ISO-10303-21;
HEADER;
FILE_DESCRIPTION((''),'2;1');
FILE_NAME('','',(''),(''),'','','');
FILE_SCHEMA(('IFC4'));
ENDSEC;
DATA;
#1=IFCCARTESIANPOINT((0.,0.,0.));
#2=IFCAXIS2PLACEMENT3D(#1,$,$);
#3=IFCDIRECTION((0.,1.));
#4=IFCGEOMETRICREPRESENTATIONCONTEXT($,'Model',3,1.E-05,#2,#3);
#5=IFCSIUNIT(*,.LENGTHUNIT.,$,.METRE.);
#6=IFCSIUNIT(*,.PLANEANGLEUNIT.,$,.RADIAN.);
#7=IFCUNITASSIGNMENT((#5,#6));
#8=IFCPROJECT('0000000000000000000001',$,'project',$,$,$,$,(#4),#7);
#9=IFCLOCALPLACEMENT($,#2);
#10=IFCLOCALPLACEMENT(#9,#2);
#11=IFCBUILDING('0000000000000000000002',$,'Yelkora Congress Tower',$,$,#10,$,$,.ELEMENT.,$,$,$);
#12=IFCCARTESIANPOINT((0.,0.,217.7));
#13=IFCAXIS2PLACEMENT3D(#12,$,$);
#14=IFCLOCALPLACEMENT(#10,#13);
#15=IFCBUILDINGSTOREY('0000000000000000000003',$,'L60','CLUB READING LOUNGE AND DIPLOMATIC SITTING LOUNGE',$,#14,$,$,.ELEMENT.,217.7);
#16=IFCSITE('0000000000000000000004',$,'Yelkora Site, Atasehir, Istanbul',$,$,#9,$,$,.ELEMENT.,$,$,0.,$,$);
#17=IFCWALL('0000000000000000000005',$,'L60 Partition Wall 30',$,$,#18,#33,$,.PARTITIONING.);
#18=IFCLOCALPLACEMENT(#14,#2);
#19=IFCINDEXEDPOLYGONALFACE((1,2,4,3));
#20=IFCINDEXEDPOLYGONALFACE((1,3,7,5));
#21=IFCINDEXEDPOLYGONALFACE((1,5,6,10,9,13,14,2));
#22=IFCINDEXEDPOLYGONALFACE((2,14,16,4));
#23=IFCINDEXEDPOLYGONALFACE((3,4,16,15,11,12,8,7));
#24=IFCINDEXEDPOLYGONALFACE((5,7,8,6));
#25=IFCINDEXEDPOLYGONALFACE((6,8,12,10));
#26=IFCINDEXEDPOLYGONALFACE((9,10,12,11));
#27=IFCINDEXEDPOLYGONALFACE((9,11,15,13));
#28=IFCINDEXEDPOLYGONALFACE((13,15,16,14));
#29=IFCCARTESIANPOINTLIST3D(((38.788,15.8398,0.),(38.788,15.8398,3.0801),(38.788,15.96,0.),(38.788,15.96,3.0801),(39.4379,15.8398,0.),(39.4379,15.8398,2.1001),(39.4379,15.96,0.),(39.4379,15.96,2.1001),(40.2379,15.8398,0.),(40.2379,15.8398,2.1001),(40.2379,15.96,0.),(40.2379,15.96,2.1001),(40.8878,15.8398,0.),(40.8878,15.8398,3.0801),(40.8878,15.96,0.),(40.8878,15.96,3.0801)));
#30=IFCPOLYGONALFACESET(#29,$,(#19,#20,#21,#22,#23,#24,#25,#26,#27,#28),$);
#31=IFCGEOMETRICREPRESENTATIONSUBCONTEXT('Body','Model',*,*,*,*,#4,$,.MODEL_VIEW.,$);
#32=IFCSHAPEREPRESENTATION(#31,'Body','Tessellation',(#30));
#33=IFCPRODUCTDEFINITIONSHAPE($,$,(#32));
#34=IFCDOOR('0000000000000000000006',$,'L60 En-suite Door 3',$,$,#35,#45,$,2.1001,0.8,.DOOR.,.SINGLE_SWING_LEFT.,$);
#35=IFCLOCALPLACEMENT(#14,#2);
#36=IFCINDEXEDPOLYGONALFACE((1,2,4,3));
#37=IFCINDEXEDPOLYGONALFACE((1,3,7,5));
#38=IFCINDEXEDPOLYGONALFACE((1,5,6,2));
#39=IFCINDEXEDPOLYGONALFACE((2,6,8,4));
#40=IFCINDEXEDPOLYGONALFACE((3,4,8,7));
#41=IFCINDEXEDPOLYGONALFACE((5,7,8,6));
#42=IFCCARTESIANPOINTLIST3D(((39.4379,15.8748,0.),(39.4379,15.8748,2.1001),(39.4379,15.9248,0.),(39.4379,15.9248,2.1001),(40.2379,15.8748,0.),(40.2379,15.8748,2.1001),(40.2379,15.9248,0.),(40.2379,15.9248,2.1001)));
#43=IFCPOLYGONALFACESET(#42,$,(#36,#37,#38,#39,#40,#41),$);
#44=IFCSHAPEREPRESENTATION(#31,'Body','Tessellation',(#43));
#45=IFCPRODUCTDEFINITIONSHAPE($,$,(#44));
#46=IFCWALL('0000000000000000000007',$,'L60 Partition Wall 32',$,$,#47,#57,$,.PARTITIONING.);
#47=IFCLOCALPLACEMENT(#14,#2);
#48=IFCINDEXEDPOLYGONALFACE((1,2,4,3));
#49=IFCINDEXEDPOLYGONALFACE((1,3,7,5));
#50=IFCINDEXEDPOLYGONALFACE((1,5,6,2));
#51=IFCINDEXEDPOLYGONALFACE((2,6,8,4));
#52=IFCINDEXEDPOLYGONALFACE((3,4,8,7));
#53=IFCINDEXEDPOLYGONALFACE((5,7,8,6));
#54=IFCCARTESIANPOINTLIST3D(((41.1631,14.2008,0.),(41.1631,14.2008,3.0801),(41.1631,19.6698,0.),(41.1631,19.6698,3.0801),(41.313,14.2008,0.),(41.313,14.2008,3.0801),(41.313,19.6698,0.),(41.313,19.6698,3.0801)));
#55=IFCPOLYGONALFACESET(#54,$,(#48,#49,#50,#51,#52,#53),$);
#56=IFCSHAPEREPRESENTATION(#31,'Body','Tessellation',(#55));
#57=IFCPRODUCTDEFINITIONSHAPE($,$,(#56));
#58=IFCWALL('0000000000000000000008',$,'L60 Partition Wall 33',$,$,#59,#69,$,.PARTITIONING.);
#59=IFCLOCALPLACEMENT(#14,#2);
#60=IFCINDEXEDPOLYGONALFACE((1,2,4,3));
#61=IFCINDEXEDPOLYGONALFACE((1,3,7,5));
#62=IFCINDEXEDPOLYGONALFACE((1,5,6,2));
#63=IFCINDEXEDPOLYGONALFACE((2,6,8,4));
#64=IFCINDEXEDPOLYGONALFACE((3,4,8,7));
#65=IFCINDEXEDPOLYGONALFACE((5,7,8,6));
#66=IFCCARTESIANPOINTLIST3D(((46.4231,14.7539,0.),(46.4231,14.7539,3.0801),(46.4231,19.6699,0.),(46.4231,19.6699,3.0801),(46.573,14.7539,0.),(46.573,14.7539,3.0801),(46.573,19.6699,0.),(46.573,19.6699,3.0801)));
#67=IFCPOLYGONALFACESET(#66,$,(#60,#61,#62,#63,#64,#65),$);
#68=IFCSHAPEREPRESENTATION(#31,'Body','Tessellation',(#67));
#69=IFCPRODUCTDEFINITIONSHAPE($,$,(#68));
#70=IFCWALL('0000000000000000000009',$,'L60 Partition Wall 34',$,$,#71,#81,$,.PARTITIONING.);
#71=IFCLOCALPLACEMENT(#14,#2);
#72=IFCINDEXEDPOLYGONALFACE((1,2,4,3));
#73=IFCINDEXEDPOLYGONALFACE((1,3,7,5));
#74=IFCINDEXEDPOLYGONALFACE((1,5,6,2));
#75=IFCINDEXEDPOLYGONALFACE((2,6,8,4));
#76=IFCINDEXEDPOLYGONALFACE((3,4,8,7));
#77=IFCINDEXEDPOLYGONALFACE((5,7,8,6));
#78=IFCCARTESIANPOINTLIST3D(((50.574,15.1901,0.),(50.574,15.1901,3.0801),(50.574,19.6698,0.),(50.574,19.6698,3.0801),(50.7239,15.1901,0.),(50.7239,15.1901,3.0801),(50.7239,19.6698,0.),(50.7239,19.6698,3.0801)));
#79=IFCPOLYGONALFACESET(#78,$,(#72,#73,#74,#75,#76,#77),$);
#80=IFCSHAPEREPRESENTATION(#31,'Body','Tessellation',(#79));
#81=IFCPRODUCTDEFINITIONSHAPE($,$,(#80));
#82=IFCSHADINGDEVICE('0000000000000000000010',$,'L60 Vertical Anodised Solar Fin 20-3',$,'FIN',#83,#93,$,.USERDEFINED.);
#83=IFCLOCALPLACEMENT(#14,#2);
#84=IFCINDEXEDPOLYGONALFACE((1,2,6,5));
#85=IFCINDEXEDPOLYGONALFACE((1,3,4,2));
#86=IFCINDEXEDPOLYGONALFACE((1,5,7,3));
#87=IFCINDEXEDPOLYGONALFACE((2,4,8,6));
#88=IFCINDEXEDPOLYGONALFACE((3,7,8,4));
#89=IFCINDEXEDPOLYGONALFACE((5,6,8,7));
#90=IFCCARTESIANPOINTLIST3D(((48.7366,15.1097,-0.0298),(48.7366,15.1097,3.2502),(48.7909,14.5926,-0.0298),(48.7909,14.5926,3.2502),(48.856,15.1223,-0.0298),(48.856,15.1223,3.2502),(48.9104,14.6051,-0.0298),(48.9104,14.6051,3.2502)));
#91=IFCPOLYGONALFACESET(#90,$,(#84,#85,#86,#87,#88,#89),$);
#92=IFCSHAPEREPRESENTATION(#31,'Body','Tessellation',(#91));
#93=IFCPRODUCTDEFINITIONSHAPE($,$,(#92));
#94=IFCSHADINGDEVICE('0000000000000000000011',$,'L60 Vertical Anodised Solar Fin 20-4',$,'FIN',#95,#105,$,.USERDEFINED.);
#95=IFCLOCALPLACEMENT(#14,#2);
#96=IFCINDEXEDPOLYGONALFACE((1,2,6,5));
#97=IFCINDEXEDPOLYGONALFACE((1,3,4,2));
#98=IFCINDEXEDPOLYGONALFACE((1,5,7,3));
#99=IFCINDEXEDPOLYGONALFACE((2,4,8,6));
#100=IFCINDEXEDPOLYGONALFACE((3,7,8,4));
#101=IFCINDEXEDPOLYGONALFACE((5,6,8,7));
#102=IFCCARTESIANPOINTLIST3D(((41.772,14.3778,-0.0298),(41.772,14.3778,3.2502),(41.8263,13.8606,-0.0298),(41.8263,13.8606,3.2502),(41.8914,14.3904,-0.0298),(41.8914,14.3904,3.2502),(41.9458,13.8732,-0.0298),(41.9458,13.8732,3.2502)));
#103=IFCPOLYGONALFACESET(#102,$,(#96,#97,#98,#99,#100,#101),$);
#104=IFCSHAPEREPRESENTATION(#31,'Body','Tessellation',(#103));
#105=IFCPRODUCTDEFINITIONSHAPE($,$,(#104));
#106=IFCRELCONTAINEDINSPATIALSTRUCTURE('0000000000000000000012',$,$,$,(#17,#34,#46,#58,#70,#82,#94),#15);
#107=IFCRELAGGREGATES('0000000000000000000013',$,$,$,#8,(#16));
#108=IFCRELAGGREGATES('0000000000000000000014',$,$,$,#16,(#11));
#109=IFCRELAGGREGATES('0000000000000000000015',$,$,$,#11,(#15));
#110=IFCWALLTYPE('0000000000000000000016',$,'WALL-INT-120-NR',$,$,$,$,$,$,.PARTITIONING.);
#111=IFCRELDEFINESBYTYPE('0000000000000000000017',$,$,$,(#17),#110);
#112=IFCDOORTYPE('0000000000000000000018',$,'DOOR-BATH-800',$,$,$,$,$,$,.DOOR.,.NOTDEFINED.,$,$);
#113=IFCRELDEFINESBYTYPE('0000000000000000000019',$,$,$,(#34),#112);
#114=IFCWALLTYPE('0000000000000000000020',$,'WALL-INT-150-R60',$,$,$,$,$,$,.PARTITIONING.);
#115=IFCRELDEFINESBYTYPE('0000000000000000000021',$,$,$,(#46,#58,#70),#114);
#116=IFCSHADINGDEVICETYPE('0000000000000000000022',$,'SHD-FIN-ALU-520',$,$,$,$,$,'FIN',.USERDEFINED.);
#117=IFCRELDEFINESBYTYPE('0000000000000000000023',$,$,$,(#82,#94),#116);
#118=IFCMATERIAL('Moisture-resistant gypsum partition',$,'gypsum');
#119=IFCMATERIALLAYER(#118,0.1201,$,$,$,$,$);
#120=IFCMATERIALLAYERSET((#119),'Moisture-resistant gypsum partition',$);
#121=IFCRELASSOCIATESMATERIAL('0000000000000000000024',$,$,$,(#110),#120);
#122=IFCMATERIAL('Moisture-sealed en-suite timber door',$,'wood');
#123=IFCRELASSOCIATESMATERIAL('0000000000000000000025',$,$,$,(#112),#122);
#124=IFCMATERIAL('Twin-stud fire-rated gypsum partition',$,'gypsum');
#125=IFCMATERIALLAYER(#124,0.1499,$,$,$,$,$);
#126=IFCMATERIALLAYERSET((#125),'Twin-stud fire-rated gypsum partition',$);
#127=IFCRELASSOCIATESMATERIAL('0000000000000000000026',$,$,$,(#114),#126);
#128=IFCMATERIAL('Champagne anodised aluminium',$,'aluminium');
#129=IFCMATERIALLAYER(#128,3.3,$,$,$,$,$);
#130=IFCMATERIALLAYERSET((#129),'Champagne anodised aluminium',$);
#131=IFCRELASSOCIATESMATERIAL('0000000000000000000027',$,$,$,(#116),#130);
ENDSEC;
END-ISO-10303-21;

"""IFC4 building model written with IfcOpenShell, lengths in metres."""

from ifc_helpers import new_model, si_unit, direction, frame, frame_2d, origin, origin_2d, place, context, subcontext, project, spatial, rectangle, extrude, material, layer, layer_set, type_object, element, fill, save


model = new_model("IFC4")

# Units and contexts
model_context = context("Model", 3, precision=1e-05, world=origin(), true_north=direction((0.0, 1.0)))
body_context = subcontext(model_context, "Body", "Model", "MODEL_VIEW")
ifc_project = project(units=[si_unit("LENGTHUNIT", "METRE"), si_unit("PLANEANGLEUNIT", "RADIAN")], contexts=[model_context])

# Site, building, storey
site_placement = place(None, origin())
site = spatial("IfcSite", under=ifc_project, at=site_placement, Name="Yelkora Site, Atasehir, Istanbul", CompositionType="ELEMENT", RefElevation=0.0)
building_placement = place(site_placement, origin())
building = spatial("IfcBuilding", under=site, at=building_placement, Name="Yelkora Congress Tower", CompositionType="ELEMENT")
storey_placement = place(building_placement, frame((0.0, 0.0, 217.7)))
storey = spatial("IfcBuildingStorey", under=building, at=storey_placement, Name="L60", Description="CLUB READING LOUNGE AND DIPLOMATIC SITTING LOUNGE", CompositionType="ELEMENT", Elevation=217.7)

# Shared definitions
ifc_material_1 = material(Name="Moisture-resistant gypsum partition", Category="gypsum")
ifc_layer_1 = layer(ifc_material_1, 0.1201)
ifc_layer_set_1 = layer_set([ifc_layer_1], Name="Moisture-resistant gypsum partition")
wall_type_1 = type_object("IfcWallType", Name="WALL-INT-120-NR", PredefinedType="PARTITIONING", material=ifc_layer_set_1)

# Wall, opening, door
wall_1_placement = place(storey_placement, frame((38.7881, 15.8999, 0.0), z_axis=(0.0, 0.0, 1.0), x_axis=(1.0, 0.0, 0.0)))
wall_1 = element("IfcWall", 1, at=wall_1_placement, inside=storey, type_object=wall_type_1, Name="L60 Partition Wall 30", PredefinedType="PARTITIONING", context=body_context, shape_type="SweptSolid", body=[
    extrude(rectangle(XDim=2.0999, YDim=0.1201, at=frame_2d((1.0498, 0.0))), origin(), (0.0, 0.0, 1.0), 3.0801),
])
opening_placement = place(wall_1_placement, frame((0.6499, 0.0, 0.0)))
opening = element("IfcOpeningElement", 2, at=opening_placement, cuts=wall_1, PredefinedType="OPENING", context=body_context, shape_type="SweptSolid", body=[
    extrude(rectangle(XDim=0.8, YDim=2.1001, at=frame_2d((0.3999, 1.05))), frame((0.0, 0.0701, 0.0), z_axis=(0.0, -1.0, 0.0), x_axis=(1.0, 0.0, 0.0)), (0.0, 0.0, 1.0), 0.1401),
])
ifc_material_2 = material(Name="Moisture-sealed en-suite timber door", Category="wood")
door_type = type_object("IfcDoorType", Name="DOOR-BATH-800", OperationType="NOTDEFINED", PredefinedType="DOOR", material=ifc_material_2)
door_placement = place(opening_placement, origin())
door = element("IfcDoor", 3, at=door_placement, inside=storey, type_object=door_type, Name="L60 En-suite Door 3", OperationType="SINGLE_SWING_LEFT", OverallHeight=2.1001, OverallWidth=0.8, PredefinedType="DOOR", context=body_context, shape_type="SweptSolid", body=[
    extrude(rectangle(XDim=0.8, YDim=2.1001, at=frame_2d((0.3999, 1.05))), frame((0.0, 0.0249, 0.0), z_axis=(0.0, -1.0, 0.0), x_axis=(1.0, 0.0, 0.0)), (0.0, 0.0, 1.0), 0.05),
])
fill(opening, door)

# Walls
ifc_material_3 = material(Name="Twin-stud fire-rated gypsum partition", Category="gypsum")
ifc_layer_2 = layer(ifc_material_3, 0.1499)
ifc_layer_set_2 = layer_set([ifc_layer_2], Name="Twin-stud fire-rated gypsum partition")
wall_type_2 = type_object("IfcWallType", Name="WALL-INT-150-R60", PredefinedType="PARTITIONING", material=ifc_layer_set_2)
wall_2_placement = place(storey_placement, frame((41.238, 14.2009, 0.0), z_axis=(0.0, 0.0, 1.0), x_axis=(0.0, 1.0, 0.0)))
element("IfcWall", 4, at=wall_2_placement, inside=storey, type_object=wall_type_2, Name="L60 Partition Wall 32", PredefinedType="PARTITIONING", context=body_context, shape_type="SweptSolid", body=[
    extrude(rectangle(XDim=5.469, YDim=0.1499, at=frame_2d((2.7344, 0.0))), origin(), (0.0, 0.0, 1.0), 3.0801),
])
wall_3_placement = place(storey_placement, frame((46.498, 14.7539, 0.0), z_axis=(0.0, 0.0, 1.0), x_axis=(0.0, 1.0, 0.0)))
element("IfcWall", 5, at=wall_3_placement, inside=storey, type_object=wall_type_2, Name="L60 Partition Wall 33", PredefinedType="PARTITIONING", context=body_context, shape_type="SweptSolid", body=[
    extrude(rectangle(XDim=4.916, YDim=0.1499, at=frame_2d((2.458, 0.0))), origin(), (0.0, 0.0, 1.0), 3.0801),
])
wall_4_placement = place(storey_placement, frame((50.6489, 15.1902, 0.0), z_axis=(0.0, 0.0, 1.0), x_axis=(0.0, 1.0, 0.0)))
element("IfcWall", 6, at=wall_4_placement, inside=storey, type_object=wall_type_2, Name="L60 Partition Wall 34", PredefinedType="PARTITIONING", context=body_context, shape_type="SweptSolid", body=[
    extrude(rectangle(XDim=4.4797, YDim=0.1499, at=frame_2d((2.2397, 0.0))), origin(), (0.0, 0.0, 1.0), 3.0801),
])

# Shading devices
ifc_material_4 = material(Name="Champagne anodised aluminium", Category="aluminium")
ifc_layer_3 = layer(ifc_material_4, 3.3)
ifc_layer_set_3 = layer_set([ifc_layer_3], Name="Champagne anodised aluminium")
shading_device_type = type_object("IfcShadingDeviceType", Name="SHD-FIN-ALU-520", ElementType="FIN", PredefinedType="USERDEFINED", material=ifc_layer_set_3)
for number, where, z_axis, x_axis, name in (
    (7, (48.8235, 14.8574, -0.0298), (0.0, 0.0, 1.0), (-0.994522, -0.104528, 0.0), "L60 Vertical Anodised Solar Fin 20-3"),
    (8, (41.8589, 14.1255, -0.0298), (0.0, 0.0, 1.0), (-0.994522, -0.104528, 0.0), "L60 Vertical Anodised Solar Fin 20-4"),
):
    element("IfcShadingDevice", number, at=place(storey_placement, frame(where, z_axis=z_axis, x_axis=x_axis)), inside=storey, type_object=shading_device_type, Name=name, ObjectType="FIN", PredefinedType="USERDEFINED", context=body_context, shape_type="SweptSolid", body=[
        extrude(rectangle(XDim=0.1201, YDim=0.52, at=origin_2d()), origin(), (0.0, 0.0, 1.0), 3.28),
    ])

save(model, "model.ifc")
